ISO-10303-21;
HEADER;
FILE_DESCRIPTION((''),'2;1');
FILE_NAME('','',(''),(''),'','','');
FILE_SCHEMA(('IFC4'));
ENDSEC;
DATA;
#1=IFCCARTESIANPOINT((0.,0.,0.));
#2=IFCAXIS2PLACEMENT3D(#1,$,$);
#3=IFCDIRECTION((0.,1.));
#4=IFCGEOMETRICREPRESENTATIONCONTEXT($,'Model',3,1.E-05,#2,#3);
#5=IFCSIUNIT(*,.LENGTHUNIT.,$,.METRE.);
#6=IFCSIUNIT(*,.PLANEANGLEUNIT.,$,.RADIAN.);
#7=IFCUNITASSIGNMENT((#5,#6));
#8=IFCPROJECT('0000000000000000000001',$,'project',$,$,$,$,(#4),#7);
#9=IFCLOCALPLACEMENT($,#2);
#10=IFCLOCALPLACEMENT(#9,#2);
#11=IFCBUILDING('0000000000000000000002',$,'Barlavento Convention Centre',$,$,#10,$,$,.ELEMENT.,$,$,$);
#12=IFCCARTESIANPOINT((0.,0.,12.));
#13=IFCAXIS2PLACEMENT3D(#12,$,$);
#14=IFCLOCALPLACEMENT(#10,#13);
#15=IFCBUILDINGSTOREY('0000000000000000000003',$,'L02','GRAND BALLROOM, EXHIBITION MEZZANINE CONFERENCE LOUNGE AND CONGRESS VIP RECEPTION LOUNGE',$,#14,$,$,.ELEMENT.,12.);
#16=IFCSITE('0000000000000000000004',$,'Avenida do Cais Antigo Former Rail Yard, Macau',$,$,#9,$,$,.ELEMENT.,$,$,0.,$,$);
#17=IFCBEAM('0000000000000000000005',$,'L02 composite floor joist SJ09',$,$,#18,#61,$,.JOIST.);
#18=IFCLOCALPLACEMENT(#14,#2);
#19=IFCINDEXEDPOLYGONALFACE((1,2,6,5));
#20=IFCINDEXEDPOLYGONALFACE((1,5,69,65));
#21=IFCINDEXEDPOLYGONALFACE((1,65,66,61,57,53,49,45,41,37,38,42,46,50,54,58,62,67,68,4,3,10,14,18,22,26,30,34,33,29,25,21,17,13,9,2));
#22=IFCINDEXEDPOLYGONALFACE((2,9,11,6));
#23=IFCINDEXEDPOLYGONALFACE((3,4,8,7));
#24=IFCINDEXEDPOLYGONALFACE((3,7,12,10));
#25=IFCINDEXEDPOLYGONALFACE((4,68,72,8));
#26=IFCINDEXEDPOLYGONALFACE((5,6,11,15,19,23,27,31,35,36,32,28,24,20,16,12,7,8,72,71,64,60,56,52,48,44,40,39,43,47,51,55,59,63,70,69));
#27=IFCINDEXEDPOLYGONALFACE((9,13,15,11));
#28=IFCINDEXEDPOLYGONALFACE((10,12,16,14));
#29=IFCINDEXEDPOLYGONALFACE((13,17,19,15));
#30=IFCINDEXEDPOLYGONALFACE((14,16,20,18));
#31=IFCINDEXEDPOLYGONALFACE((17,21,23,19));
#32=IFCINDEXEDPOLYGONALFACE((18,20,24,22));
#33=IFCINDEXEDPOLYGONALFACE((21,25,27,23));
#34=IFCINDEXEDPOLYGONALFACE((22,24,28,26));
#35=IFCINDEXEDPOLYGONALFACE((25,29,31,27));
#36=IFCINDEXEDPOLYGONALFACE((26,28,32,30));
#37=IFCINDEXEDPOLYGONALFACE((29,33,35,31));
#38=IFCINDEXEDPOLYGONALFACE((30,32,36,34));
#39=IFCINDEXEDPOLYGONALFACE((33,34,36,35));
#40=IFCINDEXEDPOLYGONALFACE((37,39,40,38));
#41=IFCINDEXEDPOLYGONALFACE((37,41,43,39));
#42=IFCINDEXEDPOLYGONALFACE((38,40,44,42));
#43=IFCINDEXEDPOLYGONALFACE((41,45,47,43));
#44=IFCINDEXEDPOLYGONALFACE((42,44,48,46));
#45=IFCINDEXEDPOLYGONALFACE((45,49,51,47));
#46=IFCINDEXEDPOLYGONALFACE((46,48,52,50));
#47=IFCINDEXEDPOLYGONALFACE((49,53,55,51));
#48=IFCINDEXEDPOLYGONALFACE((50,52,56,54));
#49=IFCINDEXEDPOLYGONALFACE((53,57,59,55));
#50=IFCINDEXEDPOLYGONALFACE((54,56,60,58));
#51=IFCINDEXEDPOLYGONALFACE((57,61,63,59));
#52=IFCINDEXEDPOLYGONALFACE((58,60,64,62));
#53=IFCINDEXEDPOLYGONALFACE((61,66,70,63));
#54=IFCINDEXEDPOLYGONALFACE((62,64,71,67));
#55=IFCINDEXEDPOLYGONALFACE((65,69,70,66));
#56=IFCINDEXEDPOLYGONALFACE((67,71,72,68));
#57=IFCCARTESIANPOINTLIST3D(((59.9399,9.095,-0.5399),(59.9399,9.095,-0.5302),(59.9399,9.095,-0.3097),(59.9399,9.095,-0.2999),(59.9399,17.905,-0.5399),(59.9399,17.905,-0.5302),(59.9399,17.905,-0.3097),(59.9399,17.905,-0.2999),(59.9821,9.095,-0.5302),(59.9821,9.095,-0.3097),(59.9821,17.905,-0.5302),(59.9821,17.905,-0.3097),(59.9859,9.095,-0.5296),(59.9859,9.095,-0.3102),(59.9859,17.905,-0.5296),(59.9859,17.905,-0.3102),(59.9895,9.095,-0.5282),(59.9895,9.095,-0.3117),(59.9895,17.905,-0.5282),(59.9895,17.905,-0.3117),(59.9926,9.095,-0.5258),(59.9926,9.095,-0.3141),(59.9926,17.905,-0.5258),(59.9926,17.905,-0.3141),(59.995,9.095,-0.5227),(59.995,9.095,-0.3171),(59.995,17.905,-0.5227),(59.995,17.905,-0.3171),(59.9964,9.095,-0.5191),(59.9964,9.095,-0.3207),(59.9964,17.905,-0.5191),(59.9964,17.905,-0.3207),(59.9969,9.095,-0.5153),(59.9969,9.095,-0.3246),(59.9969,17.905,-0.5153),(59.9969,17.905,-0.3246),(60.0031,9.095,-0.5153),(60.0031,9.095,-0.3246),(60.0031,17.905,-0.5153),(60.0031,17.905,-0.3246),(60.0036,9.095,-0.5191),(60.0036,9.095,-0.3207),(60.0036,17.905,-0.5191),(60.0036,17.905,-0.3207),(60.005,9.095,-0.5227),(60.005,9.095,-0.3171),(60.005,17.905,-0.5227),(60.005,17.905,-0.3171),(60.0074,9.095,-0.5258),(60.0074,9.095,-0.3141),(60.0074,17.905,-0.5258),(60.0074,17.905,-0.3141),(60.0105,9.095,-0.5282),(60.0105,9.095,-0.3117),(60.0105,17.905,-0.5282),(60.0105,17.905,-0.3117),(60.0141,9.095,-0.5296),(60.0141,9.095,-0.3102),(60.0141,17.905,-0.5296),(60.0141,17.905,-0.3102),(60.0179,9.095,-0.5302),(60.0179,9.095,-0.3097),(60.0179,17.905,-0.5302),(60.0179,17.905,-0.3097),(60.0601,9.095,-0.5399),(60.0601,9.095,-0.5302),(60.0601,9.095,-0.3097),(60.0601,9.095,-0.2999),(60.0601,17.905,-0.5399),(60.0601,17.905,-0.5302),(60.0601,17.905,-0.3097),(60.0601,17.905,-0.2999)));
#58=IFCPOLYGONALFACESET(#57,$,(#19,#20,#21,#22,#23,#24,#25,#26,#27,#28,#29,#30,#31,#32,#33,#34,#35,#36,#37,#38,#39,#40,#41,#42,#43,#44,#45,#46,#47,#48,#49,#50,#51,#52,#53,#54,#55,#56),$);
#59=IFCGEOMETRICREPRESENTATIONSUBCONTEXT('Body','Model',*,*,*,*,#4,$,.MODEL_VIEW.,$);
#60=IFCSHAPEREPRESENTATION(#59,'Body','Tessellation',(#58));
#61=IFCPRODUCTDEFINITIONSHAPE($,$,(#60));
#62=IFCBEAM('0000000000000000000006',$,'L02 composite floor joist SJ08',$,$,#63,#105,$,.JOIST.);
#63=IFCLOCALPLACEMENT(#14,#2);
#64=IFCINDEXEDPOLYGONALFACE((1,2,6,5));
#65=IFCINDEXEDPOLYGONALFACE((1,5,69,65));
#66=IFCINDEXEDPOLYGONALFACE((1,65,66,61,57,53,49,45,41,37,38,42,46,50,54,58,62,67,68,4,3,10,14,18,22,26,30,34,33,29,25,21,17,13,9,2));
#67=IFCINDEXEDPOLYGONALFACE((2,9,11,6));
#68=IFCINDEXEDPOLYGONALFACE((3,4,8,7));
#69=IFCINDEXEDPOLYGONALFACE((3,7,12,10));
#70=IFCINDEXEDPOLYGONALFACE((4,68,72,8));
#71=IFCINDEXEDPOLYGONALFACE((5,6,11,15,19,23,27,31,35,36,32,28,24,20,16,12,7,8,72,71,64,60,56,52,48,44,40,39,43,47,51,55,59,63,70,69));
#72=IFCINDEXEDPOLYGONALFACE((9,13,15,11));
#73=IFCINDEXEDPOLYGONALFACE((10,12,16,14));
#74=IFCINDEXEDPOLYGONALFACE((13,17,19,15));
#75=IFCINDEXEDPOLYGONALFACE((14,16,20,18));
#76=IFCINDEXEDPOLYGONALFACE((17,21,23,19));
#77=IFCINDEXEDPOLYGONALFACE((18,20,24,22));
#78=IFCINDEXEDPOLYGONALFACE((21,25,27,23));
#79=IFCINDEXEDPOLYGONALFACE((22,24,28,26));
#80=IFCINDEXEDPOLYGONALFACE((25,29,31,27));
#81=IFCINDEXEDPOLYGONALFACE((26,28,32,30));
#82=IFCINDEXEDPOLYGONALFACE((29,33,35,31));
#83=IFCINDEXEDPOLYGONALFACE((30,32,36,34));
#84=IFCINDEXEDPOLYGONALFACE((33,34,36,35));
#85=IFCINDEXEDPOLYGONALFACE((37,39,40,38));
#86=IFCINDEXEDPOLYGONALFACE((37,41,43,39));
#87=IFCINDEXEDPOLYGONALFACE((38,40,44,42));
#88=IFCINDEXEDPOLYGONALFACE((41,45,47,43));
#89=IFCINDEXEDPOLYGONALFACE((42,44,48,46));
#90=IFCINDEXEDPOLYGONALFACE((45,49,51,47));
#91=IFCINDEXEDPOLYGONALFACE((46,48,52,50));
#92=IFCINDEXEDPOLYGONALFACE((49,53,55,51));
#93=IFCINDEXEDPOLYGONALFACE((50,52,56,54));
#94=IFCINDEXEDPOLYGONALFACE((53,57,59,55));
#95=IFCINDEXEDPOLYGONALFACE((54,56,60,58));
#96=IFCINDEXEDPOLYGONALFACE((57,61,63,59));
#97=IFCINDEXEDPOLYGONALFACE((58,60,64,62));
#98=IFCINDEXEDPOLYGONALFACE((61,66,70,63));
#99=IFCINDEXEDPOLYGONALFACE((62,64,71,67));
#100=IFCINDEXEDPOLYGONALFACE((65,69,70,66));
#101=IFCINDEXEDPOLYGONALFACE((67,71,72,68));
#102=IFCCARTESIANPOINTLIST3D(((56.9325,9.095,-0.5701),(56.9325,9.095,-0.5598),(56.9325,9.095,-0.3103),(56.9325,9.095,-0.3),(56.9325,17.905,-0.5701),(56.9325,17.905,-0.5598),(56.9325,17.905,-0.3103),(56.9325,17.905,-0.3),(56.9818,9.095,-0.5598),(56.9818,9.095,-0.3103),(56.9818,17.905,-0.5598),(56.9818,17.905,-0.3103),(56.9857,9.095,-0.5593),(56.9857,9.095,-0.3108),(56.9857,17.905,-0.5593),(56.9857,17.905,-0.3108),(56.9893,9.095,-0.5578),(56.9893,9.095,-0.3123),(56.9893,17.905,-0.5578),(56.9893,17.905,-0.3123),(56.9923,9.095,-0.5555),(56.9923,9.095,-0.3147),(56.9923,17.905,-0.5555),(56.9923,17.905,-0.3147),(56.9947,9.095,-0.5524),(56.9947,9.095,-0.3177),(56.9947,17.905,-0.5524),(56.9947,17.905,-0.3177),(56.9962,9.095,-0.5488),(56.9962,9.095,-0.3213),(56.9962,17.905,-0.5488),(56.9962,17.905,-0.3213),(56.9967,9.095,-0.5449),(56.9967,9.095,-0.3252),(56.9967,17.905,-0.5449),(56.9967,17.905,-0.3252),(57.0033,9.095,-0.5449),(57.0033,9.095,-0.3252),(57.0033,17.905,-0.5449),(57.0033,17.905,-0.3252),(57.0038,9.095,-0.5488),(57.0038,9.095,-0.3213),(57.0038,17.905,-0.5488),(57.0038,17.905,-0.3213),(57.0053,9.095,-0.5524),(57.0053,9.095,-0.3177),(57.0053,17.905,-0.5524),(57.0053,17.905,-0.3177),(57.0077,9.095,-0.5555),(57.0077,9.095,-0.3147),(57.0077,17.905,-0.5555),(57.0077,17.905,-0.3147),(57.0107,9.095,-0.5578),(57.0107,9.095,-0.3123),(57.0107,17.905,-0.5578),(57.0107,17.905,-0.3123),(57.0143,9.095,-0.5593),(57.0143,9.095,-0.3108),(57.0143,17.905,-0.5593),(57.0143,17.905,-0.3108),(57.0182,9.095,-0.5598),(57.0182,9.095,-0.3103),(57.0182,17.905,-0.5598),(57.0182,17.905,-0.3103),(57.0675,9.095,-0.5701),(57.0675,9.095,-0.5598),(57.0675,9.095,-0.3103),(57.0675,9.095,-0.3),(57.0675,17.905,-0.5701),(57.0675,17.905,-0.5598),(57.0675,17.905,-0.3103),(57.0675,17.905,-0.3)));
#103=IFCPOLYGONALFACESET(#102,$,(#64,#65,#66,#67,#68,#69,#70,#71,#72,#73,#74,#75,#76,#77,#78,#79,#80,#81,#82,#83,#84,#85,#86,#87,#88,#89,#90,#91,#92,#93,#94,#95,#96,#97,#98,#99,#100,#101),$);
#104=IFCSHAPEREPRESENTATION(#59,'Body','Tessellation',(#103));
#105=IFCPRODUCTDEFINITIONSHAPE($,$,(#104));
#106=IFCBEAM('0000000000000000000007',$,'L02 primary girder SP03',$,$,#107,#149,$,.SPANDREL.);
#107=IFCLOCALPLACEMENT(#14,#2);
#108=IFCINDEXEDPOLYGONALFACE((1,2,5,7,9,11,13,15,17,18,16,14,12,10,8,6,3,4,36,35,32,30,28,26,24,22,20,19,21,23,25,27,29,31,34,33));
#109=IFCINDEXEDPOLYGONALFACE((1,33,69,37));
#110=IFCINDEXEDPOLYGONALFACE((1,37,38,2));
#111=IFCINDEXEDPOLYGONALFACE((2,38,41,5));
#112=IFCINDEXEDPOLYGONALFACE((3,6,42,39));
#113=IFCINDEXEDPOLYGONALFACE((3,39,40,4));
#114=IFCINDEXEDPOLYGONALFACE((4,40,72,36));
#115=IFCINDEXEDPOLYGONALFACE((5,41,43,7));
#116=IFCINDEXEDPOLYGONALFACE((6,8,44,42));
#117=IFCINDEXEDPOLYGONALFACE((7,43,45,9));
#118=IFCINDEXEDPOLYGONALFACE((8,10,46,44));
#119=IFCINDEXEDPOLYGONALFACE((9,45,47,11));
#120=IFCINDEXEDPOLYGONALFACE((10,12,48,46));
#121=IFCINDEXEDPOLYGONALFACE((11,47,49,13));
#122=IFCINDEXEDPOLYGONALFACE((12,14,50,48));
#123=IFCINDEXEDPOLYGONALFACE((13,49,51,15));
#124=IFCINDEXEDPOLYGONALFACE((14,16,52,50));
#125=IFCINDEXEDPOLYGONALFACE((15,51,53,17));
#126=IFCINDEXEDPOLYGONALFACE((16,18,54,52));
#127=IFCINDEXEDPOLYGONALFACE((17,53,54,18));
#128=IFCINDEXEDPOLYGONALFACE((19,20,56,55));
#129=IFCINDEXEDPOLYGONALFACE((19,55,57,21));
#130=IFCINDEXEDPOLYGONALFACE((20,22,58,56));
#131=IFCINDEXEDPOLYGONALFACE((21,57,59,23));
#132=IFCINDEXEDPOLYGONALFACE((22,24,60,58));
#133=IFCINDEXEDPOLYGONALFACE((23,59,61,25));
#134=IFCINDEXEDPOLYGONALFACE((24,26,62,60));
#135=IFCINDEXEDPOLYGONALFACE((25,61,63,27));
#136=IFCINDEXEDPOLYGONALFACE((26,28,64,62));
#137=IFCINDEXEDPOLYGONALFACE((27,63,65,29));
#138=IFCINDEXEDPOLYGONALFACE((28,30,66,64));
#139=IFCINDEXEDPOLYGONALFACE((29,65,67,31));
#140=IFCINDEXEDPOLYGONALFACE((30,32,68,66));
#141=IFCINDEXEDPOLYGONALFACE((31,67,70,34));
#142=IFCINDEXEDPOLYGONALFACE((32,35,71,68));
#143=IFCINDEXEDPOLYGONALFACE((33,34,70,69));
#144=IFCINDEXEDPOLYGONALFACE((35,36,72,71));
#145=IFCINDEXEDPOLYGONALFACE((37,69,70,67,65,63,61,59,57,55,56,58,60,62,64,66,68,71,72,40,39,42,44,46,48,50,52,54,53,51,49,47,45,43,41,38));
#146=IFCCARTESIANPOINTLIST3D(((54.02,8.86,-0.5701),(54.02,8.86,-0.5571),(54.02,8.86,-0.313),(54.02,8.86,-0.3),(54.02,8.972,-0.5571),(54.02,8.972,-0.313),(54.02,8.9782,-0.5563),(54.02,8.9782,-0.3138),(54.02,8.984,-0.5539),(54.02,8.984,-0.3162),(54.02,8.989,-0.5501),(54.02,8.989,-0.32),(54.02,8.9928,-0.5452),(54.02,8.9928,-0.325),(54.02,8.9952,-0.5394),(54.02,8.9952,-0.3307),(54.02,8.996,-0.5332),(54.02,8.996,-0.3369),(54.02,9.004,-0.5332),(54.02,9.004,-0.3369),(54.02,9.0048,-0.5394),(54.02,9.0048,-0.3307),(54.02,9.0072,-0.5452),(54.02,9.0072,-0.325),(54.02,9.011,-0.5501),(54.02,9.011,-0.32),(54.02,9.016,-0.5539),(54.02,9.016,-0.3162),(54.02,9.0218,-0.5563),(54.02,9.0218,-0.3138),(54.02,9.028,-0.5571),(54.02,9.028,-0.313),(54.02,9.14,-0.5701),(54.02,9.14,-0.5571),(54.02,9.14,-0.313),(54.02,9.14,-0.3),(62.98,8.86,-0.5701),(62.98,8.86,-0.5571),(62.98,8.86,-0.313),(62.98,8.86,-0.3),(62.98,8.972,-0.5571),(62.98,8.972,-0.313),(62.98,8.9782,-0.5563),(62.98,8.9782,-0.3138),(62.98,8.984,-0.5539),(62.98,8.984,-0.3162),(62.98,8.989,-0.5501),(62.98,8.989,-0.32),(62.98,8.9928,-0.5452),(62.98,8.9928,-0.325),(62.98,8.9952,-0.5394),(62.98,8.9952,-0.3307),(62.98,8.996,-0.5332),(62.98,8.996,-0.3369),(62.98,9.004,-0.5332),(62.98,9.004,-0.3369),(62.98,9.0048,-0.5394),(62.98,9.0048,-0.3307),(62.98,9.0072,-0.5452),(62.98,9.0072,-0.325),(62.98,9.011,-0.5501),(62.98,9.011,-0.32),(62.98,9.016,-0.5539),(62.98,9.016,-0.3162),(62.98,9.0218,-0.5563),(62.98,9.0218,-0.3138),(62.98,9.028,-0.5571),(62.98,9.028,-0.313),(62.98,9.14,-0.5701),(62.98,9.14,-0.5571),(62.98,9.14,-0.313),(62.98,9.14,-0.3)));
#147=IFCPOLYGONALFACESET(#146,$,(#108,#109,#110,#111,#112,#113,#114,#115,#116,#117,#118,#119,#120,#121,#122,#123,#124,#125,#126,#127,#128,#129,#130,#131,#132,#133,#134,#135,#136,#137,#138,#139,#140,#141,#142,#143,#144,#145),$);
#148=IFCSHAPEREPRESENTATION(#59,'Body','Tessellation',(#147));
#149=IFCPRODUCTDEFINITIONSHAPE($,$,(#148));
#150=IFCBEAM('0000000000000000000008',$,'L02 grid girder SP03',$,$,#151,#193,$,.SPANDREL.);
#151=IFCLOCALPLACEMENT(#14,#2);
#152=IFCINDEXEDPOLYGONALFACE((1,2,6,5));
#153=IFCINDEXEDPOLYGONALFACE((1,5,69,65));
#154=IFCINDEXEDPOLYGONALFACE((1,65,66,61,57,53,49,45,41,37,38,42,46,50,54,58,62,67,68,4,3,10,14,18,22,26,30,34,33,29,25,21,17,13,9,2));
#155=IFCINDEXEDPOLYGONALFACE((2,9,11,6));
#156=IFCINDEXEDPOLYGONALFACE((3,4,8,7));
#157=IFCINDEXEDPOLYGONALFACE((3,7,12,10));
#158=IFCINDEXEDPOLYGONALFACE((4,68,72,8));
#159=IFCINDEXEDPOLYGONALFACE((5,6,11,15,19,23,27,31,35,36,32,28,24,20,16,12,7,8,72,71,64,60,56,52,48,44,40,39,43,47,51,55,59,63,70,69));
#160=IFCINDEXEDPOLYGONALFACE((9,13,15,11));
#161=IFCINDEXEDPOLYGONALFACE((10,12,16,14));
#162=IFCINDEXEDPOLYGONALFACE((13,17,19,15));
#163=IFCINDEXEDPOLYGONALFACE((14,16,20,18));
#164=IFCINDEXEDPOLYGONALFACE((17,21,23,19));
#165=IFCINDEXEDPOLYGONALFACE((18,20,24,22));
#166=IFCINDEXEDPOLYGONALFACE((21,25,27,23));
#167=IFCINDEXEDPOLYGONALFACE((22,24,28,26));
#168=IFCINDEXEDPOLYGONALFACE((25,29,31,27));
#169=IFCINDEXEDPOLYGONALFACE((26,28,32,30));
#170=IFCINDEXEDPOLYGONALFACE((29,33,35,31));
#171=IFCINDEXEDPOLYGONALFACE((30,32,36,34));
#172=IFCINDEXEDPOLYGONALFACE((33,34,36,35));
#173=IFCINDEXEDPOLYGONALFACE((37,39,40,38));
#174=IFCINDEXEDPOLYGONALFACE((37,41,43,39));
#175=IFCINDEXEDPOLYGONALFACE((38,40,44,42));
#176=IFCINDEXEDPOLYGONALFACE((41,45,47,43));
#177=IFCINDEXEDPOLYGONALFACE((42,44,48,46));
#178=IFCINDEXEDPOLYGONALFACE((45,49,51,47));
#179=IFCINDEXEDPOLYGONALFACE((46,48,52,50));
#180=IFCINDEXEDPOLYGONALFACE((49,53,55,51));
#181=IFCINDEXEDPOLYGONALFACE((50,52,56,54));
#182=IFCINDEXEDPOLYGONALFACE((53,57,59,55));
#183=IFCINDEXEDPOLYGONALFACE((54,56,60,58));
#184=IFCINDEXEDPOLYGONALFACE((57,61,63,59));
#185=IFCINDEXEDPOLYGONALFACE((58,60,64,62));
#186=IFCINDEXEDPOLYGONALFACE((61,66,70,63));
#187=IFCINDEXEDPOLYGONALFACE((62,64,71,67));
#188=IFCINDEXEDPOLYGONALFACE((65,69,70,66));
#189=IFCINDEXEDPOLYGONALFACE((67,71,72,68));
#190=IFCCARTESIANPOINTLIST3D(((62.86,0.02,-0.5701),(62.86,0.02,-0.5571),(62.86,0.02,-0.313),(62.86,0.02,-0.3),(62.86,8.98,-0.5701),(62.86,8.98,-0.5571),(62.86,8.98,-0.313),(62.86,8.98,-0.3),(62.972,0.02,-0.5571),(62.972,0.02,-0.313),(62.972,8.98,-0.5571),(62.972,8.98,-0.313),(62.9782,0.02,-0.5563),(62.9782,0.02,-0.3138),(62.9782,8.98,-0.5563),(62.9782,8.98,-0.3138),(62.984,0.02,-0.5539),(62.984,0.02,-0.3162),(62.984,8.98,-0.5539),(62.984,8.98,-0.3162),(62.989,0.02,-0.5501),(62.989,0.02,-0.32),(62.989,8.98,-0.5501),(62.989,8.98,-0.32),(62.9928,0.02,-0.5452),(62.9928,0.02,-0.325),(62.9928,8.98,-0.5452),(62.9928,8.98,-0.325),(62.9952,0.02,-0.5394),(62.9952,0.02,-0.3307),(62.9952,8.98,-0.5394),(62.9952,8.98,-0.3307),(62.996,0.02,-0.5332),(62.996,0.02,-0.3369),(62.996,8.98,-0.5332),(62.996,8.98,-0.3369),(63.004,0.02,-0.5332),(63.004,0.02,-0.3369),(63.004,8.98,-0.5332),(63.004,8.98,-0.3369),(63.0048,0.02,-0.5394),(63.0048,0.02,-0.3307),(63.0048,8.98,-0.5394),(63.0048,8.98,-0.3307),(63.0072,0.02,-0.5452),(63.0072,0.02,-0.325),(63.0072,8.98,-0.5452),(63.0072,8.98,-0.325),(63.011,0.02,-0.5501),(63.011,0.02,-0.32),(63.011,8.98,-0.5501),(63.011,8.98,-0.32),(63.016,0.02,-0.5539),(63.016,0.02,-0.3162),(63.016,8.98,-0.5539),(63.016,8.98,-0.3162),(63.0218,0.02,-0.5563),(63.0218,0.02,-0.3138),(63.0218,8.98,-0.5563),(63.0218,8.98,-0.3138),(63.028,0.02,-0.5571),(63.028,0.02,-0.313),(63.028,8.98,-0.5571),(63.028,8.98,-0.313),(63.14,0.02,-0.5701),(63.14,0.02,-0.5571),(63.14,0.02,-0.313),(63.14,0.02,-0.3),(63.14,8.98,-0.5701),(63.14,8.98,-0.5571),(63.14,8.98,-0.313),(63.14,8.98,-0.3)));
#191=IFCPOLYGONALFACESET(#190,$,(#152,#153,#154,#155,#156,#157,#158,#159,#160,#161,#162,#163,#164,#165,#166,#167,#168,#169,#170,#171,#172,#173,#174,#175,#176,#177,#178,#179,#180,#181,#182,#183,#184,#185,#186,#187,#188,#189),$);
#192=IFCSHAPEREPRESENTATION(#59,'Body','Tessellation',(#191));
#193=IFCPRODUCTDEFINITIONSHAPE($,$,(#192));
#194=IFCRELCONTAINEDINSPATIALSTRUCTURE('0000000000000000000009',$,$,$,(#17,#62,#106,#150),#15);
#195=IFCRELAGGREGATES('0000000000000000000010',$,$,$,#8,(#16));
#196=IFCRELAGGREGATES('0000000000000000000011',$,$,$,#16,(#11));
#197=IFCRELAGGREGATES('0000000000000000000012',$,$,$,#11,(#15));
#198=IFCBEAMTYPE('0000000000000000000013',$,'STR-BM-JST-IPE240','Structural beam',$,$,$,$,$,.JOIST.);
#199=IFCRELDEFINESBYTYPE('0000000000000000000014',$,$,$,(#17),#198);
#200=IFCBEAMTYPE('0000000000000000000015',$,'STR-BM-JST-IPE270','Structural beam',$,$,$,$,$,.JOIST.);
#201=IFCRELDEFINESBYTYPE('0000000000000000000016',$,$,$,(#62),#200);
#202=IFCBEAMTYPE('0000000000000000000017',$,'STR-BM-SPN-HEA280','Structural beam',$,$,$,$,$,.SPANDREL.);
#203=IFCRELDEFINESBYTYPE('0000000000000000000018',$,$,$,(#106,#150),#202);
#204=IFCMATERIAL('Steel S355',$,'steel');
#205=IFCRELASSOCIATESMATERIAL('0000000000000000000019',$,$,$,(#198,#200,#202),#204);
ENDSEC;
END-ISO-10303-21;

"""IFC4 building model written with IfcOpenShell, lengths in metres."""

from ifc_helpers import new_model, si_unit, direction, frame, origin, origin_2d, place, context, subcontext, project, spatial, i_section, extrude, material, material_profile, profile_set, type_object, element, save


model = new_model("IFC4")

# Units and contexts
model_context = context("Model", 3, precision=1e-05, world=origin(), true_north=direction((0.0, 1.0)))
body_context = subcontext(model_context, "Body", "Model", "MODEL_VIEW")
ifc_project = project(units=[si_unit("LENGTHUNIT", "METRE"), si_unit("PLANEANGLEUNIT", "RADIAN")], contexts=[model_context])

# Site, building, storey
site_placement = place(None, origin())
site = spatial("IfcSite", under=ifc_project, at=site_placement, Name="Avenida do Cais Antigo Former Rail Yard, Macau", CompositionType="ELEMENT", RefElevation=0.0)
building_placement = place(site_placement, origin())
building = spatial("IfcBuilding", under=site, at=building_placement, Name="Barlavento Convention Centre", CompositionType="ELEMENT")
storey_placement = place(building_placement, frame((0.0, 0.0, 12.0)))
storey = spatial("IfcBuildingStorey", under=building, at=storey_placement, Name="L02", Description="GRAND BALLROOM, EXHIBITION MEZZANINE CONFERENCE LOUNGE AND CONGRESS VIP RECEPTION LOUNGE", CompositionType="ELEMENT", Elevation=12.0)

# Beams
ifc_material_1 = material(Name="Steel S355", Category="steel")
ifc_material_profile_1 = material_profile(ifc_material_1, i_section(OverallWidth=0.1201, OverallDepth=0.24, WebThickness=0.0061, FlangeThickness=0.0098, FilletRadius=0.0149, at=origin_2d()), Name="IPE 240")
ifc_profile_set_1 = profile_set([ifc_material_profile_1], Name="Steel S355")
beam_type_1 = type_object("IfcBeamType", Name="STR-BM-JST-IPE240", Description="Structural beam", PredefinedType="JOIST", material=ifc_profile_set_1)
beam_1_placement = place(storey_placement, frame((60.0, 9.095, -0.4199), z_axis=(0.0, 1.0, 0.0), x_axis=(-1.0, 0.0, 0.0)))
element("IfcBeam", 1, at=beam_1_placement, inside=storey, type_object=beam_type_1, Name="L02 composite floor joist SJ09", PredefinedType="JOIST", context=body_context, shape_type="SweptSolid", body=[
    extrude(i_section(OverallWidth=0.1201, OverallDepth=0.24, WebThickness=0.0061, FlangeThickness=0.0098, FilletRadius=0.0149, at=origin_2d()), origin(), (0.0, 0.0, 1.0), 8.8101),
])
ifc_material_profile_2 = material_profile(ifc_material_1, i_section(OverallWidth=0.135, OverallDepth=0.27, WebThickness=0.0066, FlangeThickness=0.0103, FilletRadius=0.0149, at=origin_2d()), Name="IPE 270")
ifc_profile_set_2 = profile_set([ifc_material_profile_2], Name="Steel S355")
beam_type_2 = type_object("IfcBeamType", Name="STR-BM-JST-IPE270", Description="Structural beam", PredefinedType="JOIST", material=ifc_profile_set_2)
beam_2_placement = place(storey_placement, frame((57.0, 9.095, -0.4351), z_axis=(0.0, 1.0, 0.0), x_axis=(-1.0, 0.0, 0.0)))
element("IfcBeam", 2, at=beam_2_placement, inside=storey, type_object=beam_type_2, Name="L02 composite floor joist SJ08", PredefinedType="JOIST", context=body_context, shape_type="SweptSolid", body=[
    extrude(i_section(OverallWidth=0.135, OverallDepth=0.27, WebThickness=0.0066, FlangeThickness=0.0103, FilletRadius=0.0149, at=origin_2d()), origin(), (0.0, 0.0, 1.0), 8.8101),
])
ifc_material_profile_3 = material_profile(ifc_material_1, i_section(OverallWidth=0.28, OverallDepth=0.27, WebThickness=0.0081, FlangeThickness=0.0129, FilletRadius=0.0239, at=origin_2d()), Name="HEA 280")
ifc_profile_set_3 = profile_set([ifc_material_profile_3], Name="Steel S355")
beam_type_3 = type_object("IfcBeamType", Name="STR-BM-SPN-HEA280", Description="Structural beam", PredefinedType="SPANDREL", material=ifc_profile_set_3)
for number, where, z_axis, x_axis, name in (
    (3, (54.02, 9.0, -0.4351), (1.0, 0.0, 0.0), (0.0, 1.0, 0.0), "L02 primary girder SP03"),
    (4, (63.0, 0.02, -0.4351), (0.0, 1.0, 0.0), (-1.0, 0.0, 0.0), "L02 grid girder SP03"),
):
    element("IfcBeam", number, at=place(storey_placement, frame(where, z_axis=z_axis, x_axis=x_axis)), inside=storey, type_object=beam_type_3, Name=name, PredefinedType="SPANDREL", context=body_context, shape_type="SweptSolid", body=[
        extrude(i_section(OverallWidth=0.28, OverallDepth=0.27, WebThickness=0.0081, FlangeThickness=0.0129, FilletRadius=0.0239, at=origin_2d()), origin(), (0.0, 0.0, 1.0), 8.96),
    ])

save(model, "model.ifc")
